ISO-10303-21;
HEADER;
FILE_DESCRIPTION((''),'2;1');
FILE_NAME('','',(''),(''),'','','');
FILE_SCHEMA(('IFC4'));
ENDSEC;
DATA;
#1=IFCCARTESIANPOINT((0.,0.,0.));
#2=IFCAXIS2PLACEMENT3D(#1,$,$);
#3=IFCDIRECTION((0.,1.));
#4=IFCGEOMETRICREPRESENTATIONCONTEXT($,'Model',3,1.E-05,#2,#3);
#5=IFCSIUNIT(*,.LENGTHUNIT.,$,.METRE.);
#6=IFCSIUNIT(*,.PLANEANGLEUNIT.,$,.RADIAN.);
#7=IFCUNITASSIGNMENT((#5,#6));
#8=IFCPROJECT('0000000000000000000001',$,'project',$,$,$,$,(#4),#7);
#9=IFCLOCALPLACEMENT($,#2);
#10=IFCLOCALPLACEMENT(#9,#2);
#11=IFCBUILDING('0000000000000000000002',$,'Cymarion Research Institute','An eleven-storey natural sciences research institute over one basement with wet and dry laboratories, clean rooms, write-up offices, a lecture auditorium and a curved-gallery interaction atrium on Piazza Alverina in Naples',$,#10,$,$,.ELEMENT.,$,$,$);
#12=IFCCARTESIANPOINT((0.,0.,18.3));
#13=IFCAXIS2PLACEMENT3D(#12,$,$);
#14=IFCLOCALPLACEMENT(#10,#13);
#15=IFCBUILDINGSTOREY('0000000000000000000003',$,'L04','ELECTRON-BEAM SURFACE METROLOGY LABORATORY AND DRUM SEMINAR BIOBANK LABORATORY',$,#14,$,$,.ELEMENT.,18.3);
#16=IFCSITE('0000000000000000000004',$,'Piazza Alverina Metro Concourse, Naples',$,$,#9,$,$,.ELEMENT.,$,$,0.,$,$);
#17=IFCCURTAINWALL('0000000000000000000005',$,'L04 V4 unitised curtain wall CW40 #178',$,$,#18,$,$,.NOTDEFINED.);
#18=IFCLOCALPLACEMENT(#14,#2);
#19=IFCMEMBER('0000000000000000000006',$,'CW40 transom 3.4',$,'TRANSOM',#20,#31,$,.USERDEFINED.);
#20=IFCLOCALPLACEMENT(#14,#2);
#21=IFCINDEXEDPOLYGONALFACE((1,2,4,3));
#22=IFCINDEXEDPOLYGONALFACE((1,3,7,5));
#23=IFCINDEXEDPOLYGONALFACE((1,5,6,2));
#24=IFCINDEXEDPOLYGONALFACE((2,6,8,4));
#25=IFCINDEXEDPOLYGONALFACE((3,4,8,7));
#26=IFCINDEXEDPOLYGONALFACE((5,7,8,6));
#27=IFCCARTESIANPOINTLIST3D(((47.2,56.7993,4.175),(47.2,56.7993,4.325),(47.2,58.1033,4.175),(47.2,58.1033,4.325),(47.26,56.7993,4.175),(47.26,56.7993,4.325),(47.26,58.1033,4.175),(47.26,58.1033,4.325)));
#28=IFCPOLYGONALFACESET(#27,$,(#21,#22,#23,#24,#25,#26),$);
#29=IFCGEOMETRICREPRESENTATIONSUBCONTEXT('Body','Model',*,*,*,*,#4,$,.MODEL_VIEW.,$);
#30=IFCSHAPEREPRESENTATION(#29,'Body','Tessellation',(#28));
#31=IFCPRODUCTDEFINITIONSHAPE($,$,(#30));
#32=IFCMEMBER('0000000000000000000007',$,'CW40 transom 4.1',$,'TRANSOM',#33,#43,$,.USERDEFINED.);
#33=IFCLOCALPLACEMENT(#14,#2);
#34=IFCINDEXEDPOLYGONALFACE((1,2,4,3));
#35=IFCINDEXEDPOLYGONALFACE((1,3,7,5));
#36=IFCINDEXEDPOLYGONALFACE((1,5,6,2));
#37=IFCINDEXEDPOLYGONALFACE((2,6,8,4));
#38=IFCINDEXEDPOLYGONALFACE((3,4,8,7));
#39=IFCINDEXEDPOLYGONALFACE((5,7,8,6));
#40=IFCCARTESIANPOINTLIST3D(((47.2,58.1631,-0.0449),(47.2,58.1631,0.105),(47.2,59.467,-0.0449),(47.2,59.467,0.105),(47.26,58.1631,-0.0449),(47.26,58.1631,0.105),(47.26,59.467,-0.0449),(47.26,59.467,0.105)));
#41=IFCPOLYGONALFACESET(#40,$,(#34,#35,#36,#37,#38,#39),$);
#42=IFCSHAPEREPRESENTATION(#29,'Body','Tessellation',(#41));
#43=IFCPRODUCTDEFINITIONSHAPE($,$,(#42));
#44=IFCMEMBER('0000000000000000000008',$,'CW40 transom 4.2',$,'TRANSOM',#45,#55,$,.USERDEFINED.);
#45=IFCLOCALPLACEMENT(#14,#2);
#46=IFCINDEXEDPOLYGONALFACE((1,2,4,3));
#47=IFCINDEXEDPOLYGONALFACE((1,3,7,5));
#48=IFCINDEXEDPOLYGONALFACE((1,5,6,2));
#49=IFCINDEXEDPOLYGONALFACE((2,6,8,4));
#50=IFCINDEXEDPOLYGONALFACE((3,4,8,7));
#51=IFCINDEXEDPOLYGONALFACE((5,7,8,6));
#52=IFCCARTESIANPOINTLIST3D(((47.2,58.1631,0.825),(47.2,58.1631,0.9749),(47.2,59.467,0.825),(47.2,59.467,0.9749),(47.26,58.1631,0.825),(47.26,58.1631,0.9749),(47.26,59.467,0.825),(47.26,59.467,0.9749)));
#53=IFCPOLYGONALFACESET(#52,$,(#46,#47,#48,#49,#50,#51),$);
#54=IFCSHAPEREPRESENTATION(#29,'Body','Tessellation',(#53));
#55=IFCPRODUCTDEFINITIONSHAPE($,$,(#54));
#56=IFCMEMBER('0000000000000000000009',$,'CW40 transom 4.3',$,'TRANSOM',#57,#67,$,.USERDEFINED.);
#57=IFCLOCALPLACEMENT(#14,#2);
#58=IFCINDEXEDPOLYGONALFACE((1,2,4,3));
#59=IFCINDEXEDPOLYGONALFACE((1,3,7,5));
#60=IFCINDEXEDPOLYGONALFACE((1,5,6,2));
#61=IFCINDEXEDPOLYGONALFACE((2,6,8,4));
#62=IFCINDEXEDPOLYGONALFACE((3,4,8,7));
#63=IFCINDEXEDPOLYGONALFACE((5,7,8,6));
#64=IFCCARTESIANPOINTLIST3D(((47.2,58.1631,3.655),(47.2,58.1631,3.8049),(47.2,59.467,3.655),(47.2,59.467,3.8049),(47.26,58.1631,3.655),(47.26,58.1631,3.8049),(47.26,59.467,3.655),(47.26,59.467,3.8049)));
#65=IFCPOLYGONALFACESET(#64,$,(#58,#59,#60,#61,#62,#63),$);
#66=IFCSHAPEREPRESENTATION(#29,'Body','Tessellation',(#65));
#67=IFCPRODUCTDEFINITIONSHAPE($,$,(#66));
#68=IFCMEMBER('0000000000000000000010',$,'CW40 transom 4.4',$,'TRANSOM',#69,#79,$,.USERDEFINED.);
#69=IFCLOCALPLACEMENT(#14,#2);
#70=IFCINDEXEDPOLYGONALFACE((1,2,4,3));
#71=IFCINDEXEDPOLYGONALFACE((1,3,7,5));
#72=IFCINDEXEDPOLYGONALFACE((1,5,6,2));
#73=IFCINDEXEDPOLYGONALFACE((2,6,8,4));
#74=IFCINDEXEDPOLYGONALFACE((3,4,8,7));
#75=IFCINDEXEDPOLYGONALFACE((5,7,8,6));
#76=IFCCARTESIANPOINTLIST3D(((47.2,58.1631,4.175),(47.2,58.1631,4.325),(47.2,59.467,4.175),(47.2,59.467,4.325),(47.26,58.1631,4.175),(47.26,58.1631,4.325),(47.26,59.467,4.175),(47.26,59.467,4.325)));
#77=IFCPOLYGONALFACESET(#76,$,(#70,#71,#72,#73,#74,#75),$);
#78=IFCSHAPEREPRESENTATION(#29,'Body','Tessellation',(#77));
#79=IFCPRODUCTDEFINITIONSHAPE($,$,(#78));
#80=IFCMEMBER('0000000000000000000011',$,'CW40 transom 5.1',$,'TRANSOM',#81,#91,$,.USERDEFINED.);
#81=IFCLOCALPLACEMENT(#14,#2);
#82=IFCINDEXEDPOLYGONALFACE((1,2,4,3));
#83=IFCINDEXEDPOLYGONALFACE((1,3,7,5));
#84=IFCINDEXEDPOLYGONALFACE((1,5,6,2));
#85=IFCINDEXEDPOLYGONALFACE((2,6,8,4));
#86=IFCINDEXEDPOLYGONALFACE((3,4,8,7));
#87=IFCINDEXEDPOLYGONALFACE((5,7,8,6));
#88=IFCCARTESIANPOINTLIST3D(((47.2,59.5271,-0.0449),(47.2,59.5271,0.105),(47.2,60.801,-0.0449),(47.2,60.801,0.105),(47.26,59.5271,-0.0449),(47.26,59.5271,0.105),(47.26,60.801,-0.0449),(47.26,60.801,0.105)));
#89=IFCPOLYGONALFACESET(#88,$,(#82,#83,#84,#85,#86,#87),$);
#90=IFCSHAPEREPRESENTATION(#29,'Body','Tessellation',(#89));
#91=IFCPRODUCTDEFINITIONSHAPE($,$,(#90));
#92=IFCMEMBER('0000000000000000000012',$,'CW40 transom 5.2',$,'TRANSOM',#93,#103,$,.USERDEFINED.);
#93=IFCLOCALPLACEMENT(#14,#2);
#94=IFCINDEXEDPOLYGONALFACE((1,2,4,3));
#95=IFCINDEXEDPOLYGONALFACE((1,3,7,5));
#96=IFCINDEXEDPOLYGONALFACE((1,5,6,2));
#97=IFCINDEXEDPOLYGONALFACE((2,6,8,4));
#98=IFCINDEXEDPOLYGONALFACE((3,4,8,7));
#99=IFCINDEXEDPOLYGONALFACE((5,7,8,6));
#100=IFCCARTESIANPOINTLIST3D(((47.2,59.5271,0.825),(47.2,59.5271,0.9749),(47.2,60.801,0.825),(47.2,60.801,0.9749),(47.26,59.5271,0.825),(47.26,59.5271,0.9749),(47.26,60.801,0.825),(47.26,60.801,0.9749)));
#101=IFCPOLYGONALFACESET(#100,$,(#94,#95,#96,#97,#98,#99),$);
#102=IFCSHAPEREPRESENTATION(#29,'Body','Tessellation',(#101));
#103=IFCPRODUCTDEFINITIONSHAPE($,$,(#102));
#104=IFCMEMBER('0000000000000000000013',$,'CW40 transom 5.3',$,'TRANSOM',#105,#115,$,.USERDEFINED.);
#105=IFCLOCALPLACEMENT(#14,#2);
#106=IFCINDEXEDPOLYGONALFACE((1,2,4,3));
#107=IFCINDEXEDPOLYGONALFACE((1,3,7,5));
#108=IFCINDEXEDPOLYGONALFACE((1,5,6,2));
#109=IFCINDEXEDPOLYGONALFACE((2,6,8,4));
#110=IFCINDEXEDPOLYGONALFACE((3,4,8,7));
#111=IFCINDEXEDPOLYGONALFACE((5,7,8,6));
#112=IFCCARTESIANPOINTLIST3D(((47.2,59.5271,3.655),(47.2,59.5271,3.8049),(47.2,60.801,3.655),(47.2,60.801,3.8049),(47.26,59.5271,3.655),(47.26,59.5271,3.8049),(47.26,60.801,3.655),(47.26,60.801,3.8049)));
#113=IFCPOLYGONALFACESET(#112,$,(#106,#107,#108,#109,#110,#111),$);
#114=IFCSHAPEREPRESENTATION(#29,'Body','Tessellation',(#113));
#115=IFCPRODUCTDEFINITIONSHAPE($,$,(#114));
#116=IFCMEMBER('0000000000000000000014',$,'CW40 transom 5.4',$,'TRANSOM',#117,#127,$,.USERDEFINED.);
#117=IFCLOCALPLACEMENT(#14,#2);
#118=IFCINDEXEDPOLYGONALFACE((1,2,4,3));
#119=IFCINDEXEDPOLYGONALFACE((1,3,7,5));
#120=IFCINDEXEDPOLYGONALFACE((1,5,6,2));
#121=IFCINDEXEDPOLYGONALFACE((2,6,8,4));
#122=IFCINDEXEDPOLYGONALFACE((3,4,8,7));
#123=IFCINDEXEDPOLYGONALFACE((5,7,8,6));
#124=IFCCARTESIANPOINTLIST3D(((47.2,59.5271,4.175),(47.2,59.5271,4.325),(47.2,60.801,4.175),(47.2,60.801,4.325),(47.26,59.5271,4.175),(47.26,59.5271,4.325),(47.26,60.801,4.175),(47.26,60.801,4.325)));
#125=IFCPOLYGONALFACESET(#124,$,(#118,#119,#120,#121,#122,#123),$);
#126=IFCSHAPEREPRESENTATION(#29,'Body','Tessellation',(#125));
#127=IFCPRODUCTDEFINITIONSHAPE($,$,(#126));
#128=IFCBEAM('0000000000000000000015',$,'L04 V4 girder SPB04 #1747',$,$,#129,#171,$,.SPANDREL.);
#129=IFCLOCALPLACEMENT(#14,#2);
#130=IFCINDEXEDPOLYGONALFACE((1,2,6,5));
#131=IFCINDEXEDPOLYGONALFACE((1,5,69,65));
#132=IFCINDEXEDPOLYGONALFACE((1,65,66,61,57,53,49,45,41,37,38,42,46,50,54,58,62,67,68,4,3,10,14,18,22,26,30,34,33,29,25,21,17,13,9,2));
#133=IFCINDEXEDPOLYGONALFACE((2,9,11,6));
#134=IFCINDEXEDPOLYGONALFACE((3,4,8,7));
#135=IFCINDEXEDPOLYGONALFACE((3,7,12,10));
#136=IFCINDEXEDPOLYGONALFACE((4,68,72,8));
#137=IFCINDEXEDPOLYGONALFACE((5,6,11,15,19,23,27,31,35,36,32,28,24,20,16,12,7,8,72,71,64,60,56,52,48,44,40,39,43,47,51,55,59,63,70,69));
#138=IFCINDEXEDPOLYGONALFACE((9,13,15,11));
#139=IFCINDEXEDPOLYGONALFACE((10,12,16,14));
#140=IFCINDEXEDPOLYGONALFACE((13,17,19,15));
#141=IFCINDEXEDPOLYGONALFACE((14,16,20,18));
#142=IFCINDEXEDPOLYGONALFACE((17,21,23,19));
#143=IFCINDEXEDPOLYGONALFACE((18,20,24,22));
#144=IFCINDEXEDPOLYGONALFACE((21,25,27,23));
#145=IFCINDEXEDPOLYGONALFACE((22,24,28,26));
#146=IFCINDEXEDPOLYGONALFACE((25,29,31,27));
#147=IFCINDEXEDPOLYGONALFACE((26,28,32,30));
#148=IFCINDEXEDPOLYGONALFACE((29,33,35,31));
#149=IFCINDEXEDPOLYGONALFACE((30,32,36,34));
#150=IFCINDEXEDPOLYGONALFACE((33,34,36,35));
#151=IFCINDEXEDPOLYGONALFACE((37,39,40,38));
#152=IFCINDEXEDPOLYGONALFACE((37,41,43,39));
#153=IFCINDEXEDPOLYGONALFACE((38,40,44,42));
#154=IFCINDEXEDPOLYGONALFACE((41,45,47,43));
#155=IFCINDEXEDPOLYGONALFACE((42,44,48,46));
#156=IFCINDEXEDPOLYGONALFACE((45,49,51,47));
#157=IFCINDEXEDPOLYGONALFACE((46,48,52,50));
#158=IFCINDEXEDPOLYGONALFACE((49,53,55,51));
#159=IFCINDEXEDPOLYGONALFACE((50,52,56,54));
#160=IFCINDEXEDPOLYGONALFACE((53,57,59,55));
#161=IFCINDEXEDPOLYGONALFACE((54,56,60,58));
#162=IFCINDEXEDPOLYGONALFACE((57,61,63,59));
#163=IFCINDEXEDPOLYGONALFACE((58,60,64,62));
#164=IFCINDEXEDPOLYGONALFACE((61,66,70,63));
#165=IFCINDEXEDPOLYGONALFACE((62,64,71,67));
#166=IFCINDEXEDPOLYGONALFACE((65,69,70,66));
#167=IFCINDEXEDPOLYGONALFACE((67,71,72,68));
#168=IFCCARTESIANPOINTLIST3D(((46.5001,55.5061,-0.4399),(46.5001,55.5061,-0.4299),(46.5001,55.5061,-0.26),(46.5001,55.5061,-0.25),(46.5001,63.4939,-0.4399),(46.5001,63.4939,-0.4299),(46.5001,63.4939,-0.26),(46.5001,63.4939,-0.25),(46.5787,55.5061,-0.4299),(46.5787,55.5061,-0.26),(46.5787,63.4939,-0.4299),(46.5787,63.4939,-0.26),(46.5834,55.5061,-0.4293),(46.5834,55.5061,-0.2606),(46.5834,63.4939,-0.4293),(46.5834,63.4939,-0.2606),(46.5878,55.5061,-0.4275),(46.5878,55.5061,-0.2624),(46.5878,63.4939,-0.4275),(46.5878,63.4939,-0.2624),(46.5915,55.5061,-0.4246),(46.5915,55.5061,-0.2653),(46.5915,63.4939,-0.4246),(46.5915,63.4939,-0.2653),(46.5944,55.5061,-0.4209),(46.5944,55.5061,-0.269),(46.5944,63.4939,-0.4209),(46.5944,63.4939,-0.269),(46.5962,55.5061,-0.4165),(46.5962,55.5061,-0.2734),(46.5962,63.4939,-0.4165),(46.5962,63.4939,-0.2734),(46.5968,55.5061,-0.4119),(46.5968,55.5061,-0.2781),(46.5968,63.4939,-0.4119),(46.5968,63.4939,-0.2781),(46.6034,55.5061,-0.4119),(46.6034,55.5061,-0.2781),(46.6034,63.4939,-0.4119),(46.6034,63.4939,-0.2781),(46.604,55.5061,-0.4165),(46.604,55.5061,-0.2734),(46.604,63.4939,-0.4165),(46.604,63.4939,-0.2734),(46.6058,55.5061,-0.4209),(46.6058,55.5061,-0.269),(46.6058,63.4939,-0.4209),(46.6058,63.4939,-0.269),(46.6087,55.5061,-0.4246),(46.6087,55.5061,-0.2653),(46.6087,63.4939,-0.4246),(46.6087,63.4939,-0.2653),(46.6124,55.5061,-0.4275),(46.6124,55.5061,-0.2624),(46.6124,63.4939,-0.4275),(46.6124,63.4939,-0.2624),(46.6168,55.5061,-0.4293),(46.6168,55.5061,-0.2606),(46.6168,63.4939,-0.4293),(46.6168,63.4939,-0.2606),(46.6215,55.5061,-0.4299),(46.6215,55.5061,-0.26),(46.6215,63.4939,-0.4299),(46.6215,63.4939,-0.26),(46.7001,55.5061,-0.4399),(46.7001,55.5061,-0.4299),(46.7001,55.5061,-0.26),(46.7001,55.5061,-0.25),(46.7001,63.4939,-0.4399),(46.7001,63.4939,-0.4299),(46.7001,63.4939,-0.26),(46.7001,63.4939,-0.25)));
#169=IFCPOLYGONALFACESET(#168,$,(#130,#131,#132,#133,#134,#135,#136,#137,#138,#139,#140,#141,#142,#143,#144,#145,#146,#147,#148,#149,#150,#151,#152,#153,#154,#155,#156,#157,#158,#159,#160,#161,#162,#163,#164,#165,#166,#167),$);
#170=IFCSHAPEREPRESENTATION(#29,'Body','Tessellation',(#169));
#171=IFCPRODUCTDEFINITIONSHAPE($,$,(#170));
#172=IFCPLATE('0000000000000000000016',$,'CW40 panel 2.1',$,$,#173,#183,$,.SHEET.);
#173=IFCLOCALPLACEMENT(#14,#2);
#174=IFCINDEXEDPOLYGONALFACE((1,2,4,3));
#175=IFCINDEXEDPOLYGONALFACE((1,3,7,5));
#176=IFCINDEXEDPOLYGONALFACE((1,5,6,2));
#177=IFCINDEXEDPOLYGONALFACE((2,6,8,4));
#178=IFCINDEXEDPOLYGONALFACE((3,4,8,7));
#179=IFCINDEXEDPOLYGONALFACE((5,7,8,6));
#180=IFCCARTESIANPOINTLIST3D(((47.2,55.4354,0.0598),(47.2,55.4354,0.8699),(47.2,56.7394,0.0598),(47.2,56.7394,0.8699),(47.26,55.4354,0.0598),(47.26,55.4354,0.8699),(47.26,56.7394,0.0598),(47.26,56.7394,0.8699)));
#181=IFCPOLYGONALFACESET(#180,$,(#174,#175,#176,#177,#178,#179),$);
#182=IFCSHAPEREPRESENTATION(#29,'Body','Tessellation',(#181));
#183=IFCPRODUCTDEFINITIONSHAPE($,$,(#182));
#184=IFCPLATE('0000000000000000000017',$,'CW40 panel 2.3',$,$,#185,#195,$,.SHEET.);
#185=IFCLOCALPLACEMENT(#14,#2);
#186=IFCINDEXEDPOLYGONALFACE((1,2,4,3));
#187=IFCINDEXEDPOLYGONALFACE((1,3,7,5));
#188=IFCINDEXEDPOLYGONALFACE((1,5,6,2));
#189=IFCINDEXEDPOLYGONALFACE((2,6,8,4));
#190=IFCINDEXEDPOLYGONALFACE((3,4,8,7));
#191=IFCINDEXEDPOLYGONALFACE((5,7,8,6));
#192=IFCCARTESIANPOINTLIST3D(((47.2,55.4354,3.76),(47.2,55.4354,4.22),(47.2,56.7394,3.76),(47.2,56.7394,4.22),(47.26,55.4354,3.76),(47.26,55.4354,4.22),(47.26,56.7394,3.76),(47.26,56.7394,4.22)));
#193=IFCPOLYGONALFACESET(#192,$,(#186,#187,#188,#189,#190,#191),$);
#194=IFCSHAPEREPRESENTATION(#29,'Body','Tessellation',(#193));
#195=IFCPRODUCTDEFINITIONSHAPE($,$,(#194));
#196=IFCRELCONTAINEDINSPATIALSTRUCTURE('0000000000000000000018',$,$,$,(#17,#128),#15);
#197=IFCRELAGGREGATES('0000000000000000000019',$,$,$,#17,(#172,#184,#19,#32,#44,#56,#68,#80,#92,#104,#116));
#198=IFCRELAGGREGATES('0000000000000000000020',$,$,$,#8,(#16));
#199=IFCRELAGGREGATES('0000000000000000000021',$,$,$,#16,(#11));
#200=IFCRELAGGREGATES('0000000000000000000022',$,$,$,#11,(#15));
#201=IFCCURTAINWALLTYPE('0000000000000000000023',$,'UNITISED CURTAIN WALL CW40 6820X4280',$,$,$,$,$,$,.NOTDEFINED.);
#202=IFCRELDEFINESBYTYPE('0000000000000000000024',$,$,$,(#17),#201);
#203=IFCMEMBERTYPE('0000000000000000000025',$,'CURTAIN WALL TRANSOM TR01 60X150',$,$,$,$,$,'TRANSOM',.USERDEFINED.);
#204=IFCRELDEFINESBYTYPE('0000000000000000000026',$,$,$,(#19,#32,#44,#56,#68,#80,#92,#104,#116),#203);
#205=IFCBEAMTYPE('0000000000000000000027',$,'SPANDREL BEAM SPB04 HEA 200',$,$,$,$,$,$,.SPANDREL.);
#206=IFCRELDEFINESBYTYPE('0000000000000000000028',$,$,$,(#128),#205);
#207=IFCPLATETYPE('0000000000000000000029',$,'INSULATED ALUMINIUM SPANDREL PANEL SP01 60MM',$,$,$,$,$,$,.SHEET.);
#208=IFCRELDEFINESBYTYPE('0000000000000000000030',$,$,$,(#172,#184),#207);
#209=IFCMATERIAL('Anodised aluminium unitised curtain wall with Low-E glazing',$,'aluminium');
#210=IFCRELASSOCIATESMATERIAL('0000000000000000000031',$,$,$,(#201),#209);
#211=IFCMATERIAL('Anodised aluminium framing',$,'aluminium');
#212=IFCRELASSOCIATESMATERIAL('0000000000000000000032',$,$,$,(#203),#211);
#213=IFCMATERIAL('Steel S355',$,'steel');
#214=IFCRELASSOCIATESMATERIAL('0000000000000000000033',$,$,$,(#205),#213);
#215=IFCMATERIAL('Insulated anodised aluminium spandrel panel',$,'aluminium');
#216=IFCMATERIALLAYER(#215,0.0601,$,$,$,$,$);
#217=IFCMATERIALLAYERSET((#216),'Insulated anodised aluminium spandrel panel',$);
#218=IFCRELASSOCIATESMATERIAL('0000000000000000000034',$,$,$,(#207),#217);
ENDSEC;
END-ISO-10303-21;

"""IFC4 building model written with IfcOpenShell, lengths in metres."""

from ifc_helpers import new_model, si_unit, direction, frame, origin, origin_2d, place, context, subcontext, project, spatial, rectangle, i_section, extrude, material, layer, layer_set, material_profile, profile_set, type_object, element, aggregate, save


model = new_model("IFC4")

# Units and contexts
model_context = context("Model", 3, precision=1e-05, world=origin(), true_north=direction((0.0, 1.0)))
body_context = subcontext(model_context, "Body", "Model", "MODEL_VIEW")
ifc_project = project(units=[si_unit("LENGTHUNIT", "METRE"), si_unit("PLANEANGLEUNIT", "RADIAN")], contexts=[model_context])

# Site, building, storey
site_placement = place(None, origin())
site = spatial("IfcSite", under=ifc_project, at=site_placement, Name="Piazza Alverina Metro Concourse, Naples", CompositionType="ELEMENT", RefElevation=0.0)
building_placement = place(site_placement, origin())
building = spatial("IfcBuilding", under=site, at=building_placement, Name="Cymarion Research Institute", Description="An eleven-storey natural sciences research institute over one basement with wet and dry laboratories, clean rooms, write-up offices, a lecture auditorium and a curved-gallery interaction atrium on Piazza Alverina in Naples", CompositionType="ELEMENT")
storey_placement = place(building_placement, frame((0.0, 0.0, 18.3)))
storey = spatial("IfcBuildingStorey", under=building, at=storey_placement, Name="L04", Description="ELECTRON-BEAM SURFACE METROLOGY LABORATORY AND DRUM SEMINAR BIOBANK LABORATORY", CompositionType="ELEMENT", Elevation=18.3)

# Shared definitions
ifc_material_1 = material(Name="Steel S355", Category="steel")

# Curtain wall, members
ifc_material_2 = material(Name="Anodised aluminium unitised curtain wall with Low-E glazing", Category="aluminium")
curtain_wall_type = type_object("IfcCurtainWallType", Name="UNITISED CURTAIN WALL CW40 6820X4280", PredefinedType="NOTDEFINED", material=ifc_material_2)
curtain_wall_placement = place(storey_placement, origin())
curtain_wall = element("IfcCurtainWall", 1, at=curtain_wall_placement, inside=storey, type_object=curtain_wall_type, Name="L04 V4 unitised curtain wall CW40 #178", PredefinedType="NOTDEFINED")
ifc_material_3 = material(Name="Anodised aluminium framing", Category="aluminium")
ifc_material_profile_1 = material_profile(ifc_material_3, rectangle(XDim=0.0601, YDim=0.1499, at=origin_2d()), Name="ALU TRANSOM 60x150")
ifc_profile_set_1 = profile_set([ifc_material_profile_1], Name="Anodised aluminium framing")
member_type_1 = type_object("IfcMemberType", Name="CURTAIN WALL TRANSOM TR01 60X150", ElementType="TRANSOM", PredefinedType="USERDEFINED", material=ifc_profile_set_1)
member_1_placement = place(storey_placement, frame((47.23, 56.7993, 4.25), z_axis=(0.0, 1.0, 0.0), x_axis=(-1.0, 0.0, 0.0)))
member_1 = element("IfcMember", 2, at=member_1_placement, type_object=member_type_1, Name="CW40 transom 3.4", ObjectType="TRANSOM", PredefinedType="USERDEFINED", context=body_context, shape_type="SweptSolid", body=[
    extrude(rectangle(XDim=0.0601, YDim=0.1499, at=origin_2d()), origin(), (0.0, 0.0, 1.0), 1.304),
])
member_2_placement = place(storey_placement, frame((47.23, 58.1631, 0.03), z_axis=(0.0, 1.0, 0.0), x_axis=(-1.0, 0.0, 0.0)))
member_2 = element("IfcMember", 3, at=member_2_placement, type_object=member_type_1, Name="CW40 transom 4.1", ObjectType="TRANSOM", PredefinedType="USERDEFINED", context=body_context, shape_type="SweptSolid", body=[
    extrude(rectangle(XDim=0.0601, YDim=0.1499, at=origin_2d()), origin(), (0.0, 0.0, 1.0), 1.304),
])
member_3_placement = place(storey_placement, frame((47.23, 58.1631, 0.8999), z_axis=(0.0, 1.0, 0.0), x_axis=(-1.0, 0.0, 0.0)))
member_3 = element("IfcMember", 4, at=member_3_placement, type_object=member_type_1, Name="CW40 transom 4.2", ObjectType="TRANSOM", PredefinedType="USERDEFINED", context=body_context, shape_type="SweptSolid", body=[
    extrude(rectangle(XDim=0.0601, YDim=0.1499, at=origin_2d()), origin(), (0.0, 0.0, 1.0), 1.304),
])
member_4_placement = place(storey_placement, frame((47.23, 58.1631, 3.73), z_axis=(0.0, 1.0, 0.0), x_axis=(-1.0, 0.0, 0.0)))
member_4 = element("IfcMember", 5, at=member_4_placement, type_object=member_type_1, Name="CW40 transom 4.3", ObjectType="TRANSOM", PredefinedType="USERDEFINED", context=body_context, shape_type="SweptSolid", body=[
    extrude(rectangle(XDim=0.0601, YDim=0.1499, at=origin_2d()), origin(), (0.0, 0.0, 1.0), 1.304),
])
member_5_placement = place(storey_placement, frame((47.23, 58.1631, 4.25), z_axis=(0.0, 1.0, 0.0), x_axis=(-1.0, 0.0, 0.0)))
member_5 = element("IfcMember", 6, at=member_5_placement, type_object=member_type_1, Name="CW40 transom 4.4", ObjectType="TRANSOM", PredefinedType="USERDEFINED", context=body_context, shape_type="SweptSolid", body=[
    extrude(rectangle(XDim=0.0601, YDim=0.1499, at=origin_2d()), origin(), (0.0, 0.0, 1.0), 1.304),
])
member_6_placement = place(storey_placement, frame((47.23, 59.5271, 0.03), z_axis=(0.0, 1.0, 0.0), x_axis=(-1.0, 0.0, 0.0)))
member_6 = element("IfcMember", 7, at=member_6_placement, type_object=member_type_1, Name="CW40 transom 5.1", ObjectType="TRANSOM", PredefinedType="USERDEFINED", context=body_context, shape_type="SweptSolid", body=[
    extrude(rectangle(XDim=0.0601, YDim=0.1499, at=origin_2d()), origin(), (0.0, 0.0, 1.0), 1.2739),
])
member_7_placement = place(storey_placement, frame((47.23, 59.5271, 0.8999), z_axis=(0.0, 1.0, 0.0), x_axis=(-1.0, 0.0, 0.0)))
member_7 = element("IfcMember", 8, at=member_7_placement, type_object=member_type_1, Name="CW40 transom 5.2", ObjectType="TRANSOM", PredefinedType="USERDEFINED", context=body_context, shape_type="SweptSolid", body=[
    extrude(rectangle(XDim=0.0601, YDim=0.1499, at=origin_2d()), origin(), (0.0, 0.0, 1.0), 1.2739),
])
member_8_placement = place(storey_placement, frame((47.23, 59.5271, 3.73), z_axis=(0.0, 1.0, 0.0), x_axis=(-1.0, 0.0, 0.0)))
member_8 = element("IfcMember", 9, at=member_8_placement, type_object=member_type_1, Name="CW40 transom 5.3", ObjectType="TRANSOM", PredefinedType="USERDEFINED", context=body_context, shape_type="SweptSolid", body=[
    extrude(rectangle(XDim=0.0601, YDim=0.1499, at=origin_2d()), origin(), (0.0, 0.0, 1.0), 1.2739),
])
member_9_placement = place(storey_placement, frame((47.23, 59.5271, 4.25), z_axis=(0.0, 1.0, 0.0), x_axis=(-1.0, 0.0, 0.0)))
member_9 = element("IfcMember", 10, at=member_9_placement, type_object=member_type_1, Name="CW40 transom 5.4", ObjectType="TRANSOM", PredefinedType="USERDEFINED", context=body_context, shape_type="SweptSolid", body=[
    extrude(rectangle(XDim=0.0601, YDim=0.1499, at=origin_2d()), origin(), (0.0, 0.0, 1.0), 1.2739),
])

# Beam
ifc_material_profile_2 = material_profile(ifc_material_1, i_section(OverallWidth=0.2, OverallDepth=0.1899, WebThickness=0.0066, FlangeThickness=0.01, FilletRadius=0.0181, at=origin_2d()), Name="HEA 200")
ifc_profile_set_2 = profile_set([ifc_material_profile_2], Name="Steel S355")
beam_type = type_object("IfcBeamType", Name="SPANDREL BEAM SPB04 HEA 200", PredefinedType="SPANDREL", material=ifc_profile_set_2)
beam_placement = place(storey_placement, frame((46.6001, 55.5061, -0.345), z_axis=(0.0, 1.0, 0.0), x_axis=(-1.0, 0.0, 0.0)))
element("IfcBeam", 11, at=beam_placement, inside=storey, type_object=beam_type, Name="L04 V4 girder SPB04 #1747", PredefinedType="SPANDREL", context=body_context, shape_type="SweptSolid", body=[
    extrude(i_section(OverallWidth=0.2, OverallDepth=0.1899, WebThickness=0.0066, FlangeThickness=0.01, FilletRadius=0.0181, at=origin_2d()), origin(), (0.0, 0.0, 1.0), 7.9878),
])

# Plates
ifc_material_4 = material(Name="Insulated anodised aluminium spandrel panel", Category="aluminium")
ifc_layer_1 = layer(ifc_material_4, 0.0601)
ifc_layer_set_1 = layer_set([ifc_layer_1], Name="Insulated anodised aluminium spandrel panel")
plate_type_1 = type_object("IfcPlateType", Name="INSULATED ALUMINIUM SPANDREL PANEL SP01 60MM", PredefinedType="SHEET", material=ifc_layer_set_1)
plate_1_placement = place(storey_placement, frame((47.23, 56.0874, 0.0598), z_axis=(0.0, 0.0, 1.0), x_axis=(0.0, 1.0, 0.0)))
plate_1 = element("IfcPlate", 12, at=plate_1_placement, type_object=plate_type_1, Name="CW40 panel 2.1", PredefinedType="SHEET", context=body_context, shape_type="SweptSolid", body=[
    extrude(rectangle(XDim=1.304, YDim=0.0601, at=origin_2d()), origin(), (0.0, 0.0, 1.0), 0.8101),
])
plate_2_placement = place(storey_placement, frame((47.23, 56.0874, 3.76), z_axis=(0.0, 0.0, 1.0), x_axis=(0.0, 1.0, 0.0)))
plate_2 = element("IfcPlate", 13, at=plate_2_placement, type_object=plate_type_1, Name="CW40 panel 2.3", PredefinedType="SHEET", context=body_context, shape_type="SweptSolid", body=[
    extrude(rectangle(XDim=1.304, YDim=0.0601, at=origin_2d()), origin(), (0.0, 0.0, 1.0), 0.46),
])
aggregate(curtain_wall, [plate_1, plate_2, member_1, member_2, member_3, member_4, member_5, member_6, member_7, member_8, member_9])

save(model, "model.ifc")
